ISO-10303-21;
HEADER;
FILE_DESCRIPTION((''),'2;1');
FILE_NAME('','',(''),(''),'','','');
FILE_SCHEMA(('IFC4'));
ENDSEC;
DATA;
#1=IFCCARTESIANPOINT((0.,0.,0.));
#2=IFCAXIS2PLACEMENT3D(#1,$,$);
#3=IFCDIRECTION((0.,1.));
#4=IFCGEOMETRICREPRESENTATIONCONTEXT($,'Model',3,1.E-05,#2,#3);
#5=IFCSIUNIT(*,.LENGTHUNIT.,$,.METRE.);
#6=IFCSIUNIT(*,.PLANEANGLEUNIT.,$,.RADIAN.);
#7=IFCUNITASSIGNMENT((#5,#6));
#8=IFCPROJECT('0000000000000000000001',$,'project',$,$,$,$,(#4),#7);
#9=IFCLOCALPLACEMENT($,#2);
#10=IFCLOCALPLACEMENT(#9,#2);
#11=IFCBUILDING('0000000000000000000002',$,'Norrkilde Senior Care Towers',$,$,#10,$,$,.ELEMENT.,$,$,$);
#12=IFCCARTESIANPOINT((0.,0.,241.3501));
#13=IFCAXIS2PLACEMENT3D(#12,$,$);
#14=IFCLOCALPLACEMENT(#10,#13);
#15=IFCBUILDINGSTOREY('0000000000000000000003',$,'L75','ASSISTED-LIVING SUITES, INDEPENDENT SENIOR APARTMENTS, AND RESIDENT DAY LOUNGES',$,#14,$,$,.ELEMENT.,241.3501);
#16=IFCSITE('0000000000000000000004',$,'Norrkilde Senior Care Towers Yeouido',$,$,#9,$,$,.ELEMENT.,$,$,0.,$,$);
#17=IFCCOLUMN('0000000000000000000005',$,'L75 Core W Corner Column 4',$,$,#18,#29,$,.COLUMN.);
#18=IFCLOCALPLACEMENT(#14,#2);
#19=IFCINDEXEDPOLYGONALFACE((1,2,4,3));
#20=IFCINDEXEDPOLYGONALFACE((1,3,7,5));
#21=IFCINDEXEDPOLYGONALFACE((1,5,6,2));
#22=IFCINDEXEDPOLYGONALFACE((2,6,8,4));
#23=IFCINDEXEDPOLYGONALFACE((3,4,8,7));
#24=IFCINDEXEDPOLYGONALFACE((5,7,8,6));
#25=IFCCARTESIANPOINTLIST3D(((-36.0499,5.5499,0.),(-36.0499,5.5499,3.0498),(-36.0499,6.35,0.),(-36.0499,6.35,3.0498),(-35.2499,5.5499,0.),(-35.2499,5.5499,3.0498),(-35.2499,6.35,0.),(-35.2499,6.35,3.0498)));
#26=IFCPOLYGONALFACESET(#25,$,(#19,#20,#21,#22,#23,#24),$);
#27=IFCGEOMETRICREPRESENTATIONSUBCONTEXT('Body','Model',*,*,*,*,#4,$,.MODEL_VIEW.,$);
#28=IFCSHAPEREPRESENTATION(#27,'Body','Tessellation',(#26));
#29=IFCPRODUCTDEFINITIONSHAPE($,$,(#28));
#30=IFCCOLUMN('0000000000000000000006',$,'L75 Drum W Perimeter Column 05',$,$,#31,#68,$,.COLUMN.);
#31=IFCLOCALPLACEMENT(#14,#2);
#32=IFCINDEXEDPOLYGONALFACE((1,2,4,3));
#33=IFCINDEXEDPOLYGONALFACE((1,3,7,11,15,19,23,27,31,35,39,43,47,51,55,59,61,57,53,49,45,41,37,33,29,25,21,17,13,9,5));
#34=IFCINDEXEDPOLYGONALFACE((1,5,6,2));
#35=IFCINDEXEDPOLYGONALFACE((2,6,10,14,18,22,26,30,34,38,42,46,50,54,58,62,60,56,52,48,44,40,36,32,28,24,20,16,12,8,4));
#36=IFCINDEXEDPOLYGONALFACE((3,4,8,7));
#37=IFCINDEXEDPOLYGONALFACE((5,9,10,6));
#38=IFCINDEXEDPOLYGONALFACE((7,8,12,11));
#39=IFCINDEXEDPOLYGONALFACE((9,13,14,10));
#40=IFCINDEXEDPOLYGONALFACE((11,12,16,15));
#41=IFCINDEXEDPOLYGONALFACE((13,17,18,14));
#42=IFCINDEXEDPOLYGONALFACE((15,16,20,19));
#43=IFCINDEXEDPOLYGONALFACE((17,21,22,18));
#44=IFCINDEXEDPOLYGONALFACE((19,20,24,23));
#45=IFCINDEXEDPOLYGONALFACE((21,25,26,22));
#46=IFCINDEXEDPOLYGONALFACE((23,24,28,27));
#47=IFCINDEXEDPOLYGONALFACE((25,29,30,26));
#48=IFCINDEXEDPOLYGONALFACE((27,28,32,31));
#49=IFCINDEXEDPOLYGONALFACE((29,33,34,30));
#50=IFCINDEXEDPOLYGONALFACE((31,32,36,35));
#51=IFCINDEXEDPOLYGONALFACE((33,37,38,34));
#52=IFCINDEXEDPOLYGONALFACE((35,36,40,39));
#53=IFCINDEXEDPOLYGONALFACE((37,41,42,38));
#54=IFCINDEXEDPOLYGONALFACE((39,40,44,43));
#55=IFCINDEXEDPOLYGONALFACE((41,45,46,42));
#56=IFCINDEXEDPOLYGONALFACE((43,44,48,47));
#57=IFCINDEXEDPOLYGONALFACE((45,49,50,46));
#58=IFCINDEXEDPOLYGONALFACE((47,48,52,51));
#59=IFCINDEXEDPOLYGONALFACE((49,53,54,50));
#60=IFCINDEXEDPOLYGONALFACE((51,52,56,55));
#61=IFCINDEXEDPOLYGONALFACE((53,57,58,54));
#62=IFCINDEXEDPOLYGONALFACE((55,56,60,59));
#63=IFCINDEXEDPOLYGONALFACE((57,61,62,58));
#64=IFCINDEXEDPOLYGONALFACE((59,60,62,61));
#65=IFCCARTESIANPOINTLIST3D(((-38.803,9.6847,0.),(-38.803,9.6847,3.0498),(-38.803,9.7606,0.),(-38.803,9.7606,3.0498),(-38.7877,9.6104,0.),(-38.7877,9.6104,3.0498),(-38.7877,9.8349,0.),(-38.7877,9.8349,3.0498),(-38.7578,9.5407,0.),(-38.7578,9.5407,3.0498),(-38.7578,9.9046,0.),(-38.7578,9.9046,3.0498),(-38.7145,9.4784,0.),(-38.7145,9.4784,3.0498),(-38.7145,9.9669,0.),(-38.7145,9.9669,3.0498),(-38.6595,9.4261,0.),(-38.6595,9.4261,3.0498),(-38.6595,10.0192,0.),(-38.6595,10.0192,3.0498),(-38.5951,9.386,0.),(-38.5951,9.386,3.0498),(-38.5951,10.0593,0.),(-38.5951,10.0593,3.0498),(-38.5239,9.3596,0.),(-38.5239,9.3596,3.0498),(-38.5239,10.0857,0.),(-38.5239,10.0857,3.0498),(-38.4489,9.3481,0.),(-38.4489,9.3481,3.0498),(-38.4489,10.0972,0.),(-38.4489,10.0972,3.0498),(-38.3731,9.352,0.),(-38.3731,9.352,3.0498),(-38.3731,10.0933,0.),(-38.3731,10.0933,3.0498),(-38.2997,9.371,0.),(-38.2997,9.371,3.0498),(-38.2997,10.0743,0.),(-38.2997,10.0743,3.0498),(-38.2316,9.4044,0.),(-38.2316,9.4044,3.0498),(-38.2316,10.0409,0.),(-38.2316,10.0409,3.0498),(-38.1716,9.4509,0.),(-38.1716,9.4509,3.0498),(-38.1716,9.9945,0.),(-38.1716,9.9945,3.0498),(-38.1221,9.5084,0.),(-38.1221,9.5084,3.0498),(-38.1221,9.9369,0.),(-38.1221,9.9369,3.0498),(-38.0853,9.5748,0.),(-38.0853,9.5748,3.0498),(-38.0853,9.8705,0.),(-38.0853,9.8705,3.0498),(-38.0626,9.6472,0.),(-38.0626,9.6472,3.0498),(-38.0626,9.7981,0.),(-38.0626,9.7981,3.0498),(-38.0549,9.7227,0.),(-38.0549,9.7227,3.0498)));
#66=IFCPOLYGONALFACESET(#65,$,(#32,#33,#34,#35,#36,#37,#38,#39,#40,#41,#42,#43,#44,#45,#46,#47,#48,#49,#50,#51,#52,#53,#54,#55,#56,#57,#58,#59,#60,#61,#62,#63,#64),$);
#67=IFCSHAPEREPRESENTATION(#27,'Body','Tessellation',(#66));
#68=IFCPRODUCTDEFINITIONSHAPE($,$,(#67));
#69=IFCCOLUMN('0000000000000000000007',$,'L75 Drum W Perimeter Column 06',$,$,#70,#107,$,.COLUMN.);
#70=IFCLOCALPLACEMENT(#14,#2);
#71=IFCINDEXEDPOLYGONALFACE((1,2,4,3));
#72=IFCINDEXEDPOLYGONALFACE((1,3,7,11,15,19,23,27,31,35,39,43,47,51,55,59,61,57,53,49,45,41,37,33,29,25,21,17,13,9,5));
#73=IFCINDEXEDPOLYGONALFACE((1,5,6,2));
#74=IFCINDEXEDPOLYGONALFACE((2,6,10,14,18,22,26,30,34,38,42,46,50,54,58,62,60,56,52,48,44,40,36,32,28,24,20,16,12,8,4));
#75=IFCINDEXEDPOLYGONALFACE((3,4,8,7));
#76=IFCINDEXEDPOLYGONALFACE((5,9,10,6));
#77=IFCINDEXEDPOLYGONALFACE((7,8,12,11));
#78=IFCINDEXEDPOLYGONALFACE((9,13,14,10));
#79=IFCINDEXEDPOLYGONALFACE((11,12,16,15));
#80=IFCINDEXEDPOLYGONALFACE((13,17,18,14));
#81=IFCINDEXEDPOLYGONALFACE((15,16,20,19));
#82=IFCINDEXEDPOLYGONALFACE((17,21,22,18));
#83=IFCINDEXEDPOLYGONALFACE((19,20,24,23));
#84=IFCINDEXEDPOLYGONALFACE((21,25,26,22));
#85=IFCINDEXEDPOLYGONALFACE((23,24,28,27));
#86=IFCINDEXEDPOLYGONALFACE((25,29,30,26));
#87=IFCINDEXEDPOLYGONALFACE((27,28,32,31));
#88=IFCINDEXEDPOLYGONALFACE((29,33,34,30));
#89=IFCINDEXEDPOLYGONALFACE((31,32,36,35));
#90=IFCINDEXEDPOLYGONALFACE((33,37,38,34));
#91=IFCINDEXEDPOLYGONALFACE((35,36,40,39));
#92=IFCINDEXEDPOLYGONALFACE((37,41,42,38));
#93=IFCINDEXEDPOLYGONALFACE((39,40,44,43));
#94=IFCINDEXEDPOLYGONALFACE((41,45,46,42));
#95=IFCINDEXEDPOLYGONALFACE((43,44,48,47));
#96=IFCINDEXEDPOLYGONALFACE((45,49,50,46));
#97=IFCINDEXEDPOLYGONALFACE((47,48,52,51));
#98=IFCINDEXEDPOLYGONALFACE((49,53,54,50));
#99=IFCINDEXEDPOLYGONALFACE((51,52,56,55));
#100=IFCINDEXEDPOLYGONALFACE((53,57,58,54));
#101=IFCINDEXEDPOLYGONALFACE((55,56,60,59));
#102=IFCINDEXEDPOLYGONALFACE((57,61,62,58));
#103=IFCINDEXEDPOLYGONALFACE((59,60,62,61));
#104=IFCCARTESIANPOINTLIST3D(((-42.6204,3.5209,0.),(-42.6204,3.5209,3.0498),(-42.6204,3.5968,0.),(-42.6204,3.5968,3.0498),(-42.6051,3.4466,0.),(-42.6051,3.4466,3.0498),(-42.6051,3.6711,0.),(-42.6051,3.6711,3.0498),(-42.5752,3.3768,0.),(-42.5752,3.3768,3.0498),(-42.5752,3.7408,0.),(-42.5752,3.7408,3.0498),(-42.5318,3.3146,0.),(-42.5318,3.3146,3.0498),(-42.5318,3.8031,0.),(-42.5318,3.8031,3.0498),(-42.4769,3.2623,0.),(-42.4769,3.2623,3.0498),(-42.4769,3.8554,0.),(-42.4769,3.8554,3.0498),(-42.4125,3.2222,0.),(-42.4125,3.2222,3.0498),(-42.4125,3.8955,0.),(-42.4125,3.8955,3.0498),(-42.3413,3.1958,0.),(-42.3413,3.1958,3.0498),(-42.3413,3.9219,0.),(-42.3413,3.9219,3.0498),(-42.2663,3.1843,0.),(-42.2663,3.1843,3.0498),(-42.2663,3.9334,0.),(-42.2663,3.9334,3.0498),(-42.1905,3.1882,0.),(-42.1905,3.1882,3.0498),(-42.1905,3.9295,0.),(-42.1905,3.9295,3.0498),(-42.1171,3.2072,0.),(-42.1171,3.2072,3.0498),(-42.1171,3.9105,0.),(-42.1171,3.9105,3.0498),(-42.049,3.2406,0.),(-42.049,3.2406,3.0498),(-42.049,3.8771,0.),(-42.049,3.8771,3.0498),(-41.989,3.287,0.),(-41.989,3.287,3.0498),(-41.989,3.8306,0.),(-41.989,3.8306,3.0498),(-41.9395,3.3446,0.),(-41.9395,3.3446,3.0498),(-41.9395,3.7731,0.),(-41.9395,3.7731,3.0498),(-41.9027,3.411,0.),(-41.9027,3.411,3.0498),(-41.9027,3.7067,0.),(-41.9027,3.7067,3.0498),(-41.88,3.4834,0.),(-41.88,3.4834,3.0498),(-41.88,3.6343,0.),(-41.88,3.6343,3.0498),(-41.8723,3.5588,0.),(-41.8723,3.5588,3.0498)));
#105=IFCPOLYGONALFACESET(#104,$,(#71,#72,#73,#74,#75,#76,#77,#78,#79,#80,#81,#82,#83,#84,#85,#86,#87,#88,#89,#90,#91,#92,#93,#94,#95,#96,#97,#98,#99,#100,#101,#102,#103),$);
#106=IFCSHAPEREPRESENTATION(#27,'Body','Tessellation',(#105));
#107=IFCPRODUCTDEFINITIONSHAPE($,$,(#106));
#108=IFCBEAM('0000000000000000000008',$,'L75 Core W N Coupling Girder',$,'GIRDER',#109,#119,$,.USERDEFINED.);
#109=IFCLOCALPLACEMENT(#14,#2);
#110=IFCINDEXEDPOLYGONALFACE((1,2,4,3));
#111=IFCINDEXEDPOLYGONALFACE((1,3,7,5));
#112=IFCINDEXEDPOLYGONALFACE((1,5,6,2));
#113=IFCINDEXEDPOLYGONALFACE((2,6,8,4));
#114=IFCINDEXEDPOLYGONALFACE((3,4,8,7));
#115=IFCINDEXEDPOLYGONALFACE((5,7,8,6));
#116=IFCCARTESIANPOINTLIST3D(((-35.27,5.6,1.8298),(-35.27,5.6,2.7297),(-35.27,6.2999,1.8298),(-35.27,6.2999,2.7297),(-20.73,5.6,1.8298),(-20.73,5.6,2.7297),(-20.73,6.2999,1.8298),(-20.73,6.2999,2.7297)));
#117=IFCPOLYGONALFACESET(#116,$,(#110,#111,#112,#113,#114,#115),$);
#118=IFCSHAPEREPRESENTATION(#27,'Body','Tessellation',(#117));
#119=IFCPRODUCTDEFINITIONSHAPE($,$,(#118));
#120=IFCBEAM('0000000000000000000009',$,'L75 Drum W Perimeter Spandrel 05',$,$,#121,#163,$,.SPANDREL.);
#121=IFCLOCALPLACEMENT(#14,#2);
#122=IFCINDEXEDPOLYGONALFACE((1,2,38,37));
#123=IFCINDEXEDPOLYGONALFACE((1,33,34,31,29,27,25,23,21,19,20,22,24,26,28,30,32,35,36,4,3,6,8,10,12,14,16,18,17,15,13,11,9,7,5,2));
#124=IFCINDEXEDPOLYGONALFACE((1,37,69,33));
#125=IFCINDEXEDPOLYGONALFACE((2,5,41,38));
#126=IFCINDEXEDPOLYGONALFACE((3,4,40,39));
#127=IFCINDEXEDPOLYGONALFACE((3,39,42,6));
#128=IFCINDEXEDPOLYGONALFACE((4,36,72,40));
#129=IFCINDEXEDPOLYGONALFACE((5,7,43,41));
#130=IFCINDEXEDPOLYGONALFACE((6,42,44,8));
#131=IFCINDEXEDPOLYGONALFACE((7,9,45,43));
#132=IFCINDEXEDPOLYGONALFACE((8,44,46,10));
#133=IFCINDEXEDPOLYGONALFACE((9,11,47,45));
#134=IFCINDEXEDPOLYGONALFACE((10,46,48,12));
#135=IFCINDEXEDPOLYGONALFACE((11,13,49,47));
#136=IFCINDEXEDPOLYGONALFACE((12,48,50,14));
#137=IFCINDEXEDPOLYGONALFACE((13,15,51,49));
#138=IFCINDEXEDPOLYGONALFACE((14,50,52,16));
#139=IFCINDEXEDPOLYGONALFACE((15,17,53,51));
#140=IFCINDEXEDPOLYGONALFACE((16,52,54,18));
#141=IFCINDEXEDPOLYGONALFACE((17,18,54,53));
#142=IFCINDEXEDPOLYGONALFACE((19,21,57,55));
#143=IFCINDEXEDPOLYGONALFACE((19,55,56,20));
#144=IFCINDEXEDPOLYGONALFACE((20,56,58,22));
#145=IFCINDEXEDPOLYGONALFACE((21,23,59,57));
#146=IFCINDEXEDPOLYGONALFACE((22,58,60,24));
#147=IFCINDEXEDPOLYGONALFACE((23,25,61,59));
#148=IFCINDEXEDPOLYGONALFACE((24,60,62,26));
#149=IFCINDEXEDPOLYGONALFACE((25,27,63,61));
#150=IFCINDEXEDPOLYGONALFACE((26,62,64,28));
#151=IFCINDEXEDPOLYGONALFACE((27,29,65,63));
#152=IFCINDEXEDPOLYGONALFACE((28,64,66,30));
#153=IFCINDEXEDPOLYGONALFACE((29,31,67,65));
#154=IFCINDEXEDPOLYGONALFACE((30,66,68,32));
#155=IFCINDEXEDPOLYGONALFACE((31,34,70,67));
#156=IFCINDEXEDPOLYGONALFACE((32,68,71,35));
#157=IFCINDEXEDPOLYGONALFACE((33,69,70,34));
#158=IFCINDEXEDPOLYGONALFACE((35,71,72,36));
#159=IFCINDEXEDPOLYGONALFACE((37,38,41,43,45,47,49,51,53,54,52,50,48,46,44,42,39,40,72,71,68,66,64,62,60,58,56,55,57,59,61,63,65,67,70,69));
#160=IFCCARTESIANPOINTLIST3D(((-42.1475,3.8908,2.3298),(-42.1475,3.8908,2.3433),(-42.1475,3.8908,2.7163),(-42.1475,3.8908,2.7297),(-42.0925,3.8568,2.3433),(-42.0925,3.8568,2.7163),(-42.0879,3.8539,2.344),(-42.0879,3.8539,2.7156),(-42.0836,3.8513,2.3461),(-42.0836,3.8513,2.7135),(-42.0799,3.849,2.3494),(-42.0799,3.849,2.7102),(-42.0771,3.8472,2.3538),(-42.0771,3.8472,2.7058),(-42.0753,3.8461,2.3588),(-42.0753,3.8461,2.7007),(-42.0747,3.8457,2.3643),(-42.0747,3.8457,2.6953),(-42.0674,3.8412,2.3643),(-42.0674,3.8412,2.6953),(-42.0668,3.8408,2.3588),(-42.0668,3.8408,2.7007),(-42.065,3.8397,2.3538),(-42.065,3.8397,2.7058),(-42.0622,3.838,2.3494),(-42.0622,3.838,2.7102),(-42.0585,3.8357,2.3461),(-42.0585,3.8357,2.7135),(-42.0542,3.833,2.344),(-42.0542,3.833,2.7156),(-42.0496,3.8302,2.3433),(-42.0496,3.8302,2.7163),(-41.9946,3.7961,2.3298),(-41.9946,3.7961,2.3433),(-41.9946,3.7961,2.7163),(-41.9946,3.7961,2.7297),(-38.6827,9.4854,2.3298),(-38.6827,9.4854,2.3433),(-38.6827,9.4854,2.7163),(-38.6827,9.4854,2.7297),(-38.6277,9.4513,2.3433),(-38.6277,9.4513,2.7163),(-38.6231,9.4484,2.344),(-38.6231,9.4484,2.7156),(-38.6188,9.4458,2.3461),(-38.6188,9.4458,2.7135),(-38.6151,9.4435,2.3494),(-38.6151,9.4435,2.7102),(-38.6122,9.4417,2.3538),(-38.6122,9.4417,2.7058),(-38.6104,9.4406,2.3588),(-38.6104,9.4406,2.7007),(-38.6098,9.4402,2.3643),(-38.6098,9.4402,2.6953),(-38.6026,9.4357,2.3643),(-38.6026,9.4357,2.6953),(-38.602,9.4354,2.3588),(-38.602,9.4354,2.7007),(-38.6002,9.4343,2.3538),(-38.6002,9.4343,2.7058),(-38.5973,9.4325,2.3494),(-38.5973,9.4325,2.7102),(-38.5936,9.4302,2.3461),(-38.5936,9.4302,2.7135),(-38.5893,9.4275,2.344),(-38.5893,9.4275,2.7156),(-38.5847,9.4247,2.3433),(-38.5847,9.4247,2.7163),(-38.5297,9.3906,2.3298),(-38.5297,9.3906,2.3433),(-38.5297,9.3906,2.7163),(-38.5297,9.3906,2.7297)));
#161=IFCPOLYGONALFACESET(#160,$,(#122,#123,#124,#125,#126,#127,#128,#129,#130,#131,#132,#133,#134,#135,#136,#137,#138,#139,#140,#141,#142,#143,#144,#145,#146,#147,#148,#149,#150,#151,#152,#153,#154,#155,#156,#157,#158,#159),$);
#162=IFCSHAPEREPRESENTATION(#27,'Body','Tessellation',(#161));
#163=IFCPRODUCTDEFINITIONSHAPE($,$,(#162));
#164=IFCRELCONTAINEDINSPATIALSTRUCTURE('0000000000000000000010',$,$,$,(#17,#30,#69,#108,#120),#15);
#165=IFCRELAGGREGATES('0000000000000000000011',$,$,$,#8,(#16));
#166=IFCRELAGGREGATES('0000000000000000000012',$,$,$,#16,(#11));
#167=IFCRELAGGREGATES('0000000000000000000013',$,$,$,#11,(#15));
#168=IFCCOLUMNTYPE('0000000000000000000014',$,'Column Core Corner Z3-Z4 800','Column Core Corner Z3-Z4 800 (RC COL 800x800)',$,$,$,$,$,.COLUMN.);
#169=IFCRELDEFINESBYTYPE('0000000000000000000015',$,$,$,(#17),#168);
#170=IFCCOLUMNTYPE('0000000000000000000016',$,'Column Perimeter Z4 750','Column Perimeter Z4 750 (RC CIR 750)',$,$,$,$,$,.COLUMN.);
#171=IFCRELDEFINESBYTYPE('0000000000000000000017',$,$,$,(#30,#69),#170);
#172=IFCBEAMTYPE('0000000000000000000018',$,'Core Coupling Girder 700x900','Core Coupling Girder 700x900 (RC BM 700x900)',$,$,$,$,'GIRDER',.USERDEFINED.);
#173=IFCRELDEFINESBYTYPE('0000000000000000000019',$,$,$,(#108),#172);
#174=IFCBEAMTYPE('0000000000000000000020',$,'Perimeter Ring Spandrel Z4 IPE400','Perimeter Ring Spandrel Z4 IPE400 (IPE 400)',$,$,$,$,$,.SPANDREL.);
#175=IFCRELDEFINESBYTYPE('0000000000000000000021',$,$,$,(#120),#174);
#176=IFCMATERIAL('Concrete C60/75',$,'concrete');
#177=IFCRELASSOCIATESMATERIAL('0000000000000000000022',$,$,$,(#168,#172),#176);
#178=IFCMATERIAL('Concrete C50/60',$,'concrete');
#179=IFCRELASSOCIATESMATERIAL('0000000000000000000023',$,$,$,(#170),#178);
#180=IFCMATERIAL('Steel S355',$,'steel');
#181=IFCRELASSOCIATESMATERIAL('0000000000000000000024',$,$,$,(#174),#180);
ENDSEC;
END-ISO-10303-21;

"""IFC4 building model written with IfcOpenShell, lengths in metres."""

from ifc_helpers import new_model, si_unit, direction, frame, origin, origin_2d, place, context, subcontext, project, spatial, rectangle, circle, i_section, extrude, source, transform, mapped, material, material_profile, profile_set, type_object, type_shapes, element, save


model = new_model("IFC4")

# Units and contexts
model_context = context("Model", 3, precision=1e-05, world=origin(), true_north=direction((0.0, 1.0)))
body_context = subcontext(model_context, "Body", "Model", "MODEL_VIEW")
ifc_project = project(units=[si_unit("LENGTHUNIT", "METRE"), si_unit("PLANEANGLEUNIT", "RADIAN")], contexts=[model_context])

# Site, building, storey
site_placement = place(None, origin())
site = spatial("IfcSite", under=ifc_project, at=site_placement, Name="Norrkilde Senior Care Towers Yeouido", CompositionType="ELEMENT", RefElevation=0.0)
building_placement = place(site_placement, origin())
building = spatial("IfcBuilding", under=site, at=building_placement, Name="Norrkilde Senior Care Towers", CompositionType="ELEMENT")
storey_placement = place(building_placement, frame((0.0, 0.0, 241.3501)))
storey = spatial("IfcBuildingStorey", under=building, at=storey_placement, Name="L75", Description="ASSISTED-LIVING SUITES, INDEPENDENT SENIOR APARTMENTS, AND RESIDENT DAY LOUNGES", CompositionType="ELEMENT", Elevation=241.3501)

# Columns
ifc_material_1 = material(Name="Concrete C60/75", Category="concrete")
ifc_material_profile_1 = material_profile(ifc_material_1, rectangle(XDim=0.8, YDim=0.8, at=origin_2d()), Name="RC COL 800x800")
ifc_profile_set_1 = profile_set([ifc_material_profile_1], Name="Concrete C60/75")
column_type_1 = type_object("IfcColumnType", Name="Column Core Corner Z3-Z4 800", Description="Column Core Corner Z3-Z4 800 (RC COL 800x800)", PredefinedType="COLUMN", material=ifc_profile_set_1)
shared_shape_1 = source(origin(), body_context, "Body", "SweptSolid", [
    extrude(rectangle(XDim=0.8, YDim=0.8, at=origin_2d()), origin(), (0.0, 0.0, 1.0), 3.0498),
])
type_shapes(column_type_1, [shared_shape_1])
column_placement = place(storey_placement, frame((-35.6499, 5.95, 0.0), z_axis=(0.0, 0.0, 1.0), x_axis=(1.0, 0.0, 0.0)))
element("IfcColumn", 1, at=column_placement, inside=storey, type_object=column_type_1, Name="L75 Core W Corner Column 4", PredefinedType="COLUMN", context=body_context, shape_type="MappedRepresentation", body=[
    mapped(shared_shape_1, transform((0.0, 0.0, 0.0), x_axis=(1.0, 0.0, 0.0), y_axis=(0.0, 1.0, 0.0), z_axis=(0.0, 0.0, 1.0), scale=1.0)),
])
ifc_material_2 = material(Name="Concrete C50/60", Category="concrete")
ifc_material_profile_2 = material_profile(ifc_material_2, circle(Radius=0.375, at=origin_2d()), Name="RC CIR 750")
ifc_profile_set_2 = profile_set([ifc_material_profile_2], Name="Concrete C50/60")
column_type_2 = type_object("IfcColumnType", Name="Column Perimeter Z4 750", Description="Column Perimeter Z4 750 (RC CIR 750)", PredefinedType="COLUMN", material=ifc_profile_set_2)
shared_shape_2 = source(origin(), body_context, "Body", "SweptSolid", [
    extrude(circle(Radius=0.375, at=origin_2d()), origin(), (0.0, 0.0, 1.0), 3.0498),
])
type_shapes(column_type_2, [shared_shape_2])
for number, where, z_axis, x_axis, name in (
    (2, (-38.4299, 9.7227, 0.0), (0.0, 0.0, 1.0), (1.0, 0.0, 0.0), "L75 Drum W Perimeter Column 05"),
    (3, (-42.2473, 3.5588, 0.0), (0.0, 0.0, 1.0), (1.0, 0.0, 0.0), "L75 Drum W Perimeter Column 06"),
):
    element("IfcColumn", number, at=place(storey_placement, frame(where, z_axis=z_axis, x_axis=x_axis)), inside=storey, type_object=column_type_2, Name=name, PredefinedType="COLUMN", context=body_context, shape_type="MappedRepresentation", body=[
        mapped(shared_shape_2, transform((0.0, 0.0, 0.0), x_axis=(1.0, 0.0, 0.0), y_axis=(0.0, 1.0, 0.0), z_axis=(0.0, 0.0, 1.0), scale=1.0)),
    ])

# Beams
ifc_material_profile_3 = material_profile(ifc_material_1, rectangle(XDim=0.7, YDim=0.8999, at=origin_2d()), Name="RC BM 700x900")
ifc_profile_set_3 = profile_set([ifc_material_profile_3], Name="Concrete C60/75")
beam_type_1 = type_object("IfcBeamType", Name="Core Coupling Girder 700x900", Description="Core Coupling Girder 700x900 (RC BM 700x900)", ElementType="GIRDER", PredefinedType="USERDEFINED", material=ifc_profile_set_3)
shared_shape_3 = source(origin(), body_context, "Body", "SweptSolid", [
    extrude(rectangle(XDim=0.7, YDim=0.8999, at=origin_2d()), origin(), (0.0, 0.0, 1.0), 14.54),
])
type_shapes(beam_type_1, [shared_shape_3])
beam_1_placement = place(storey_placement, frame((-35.27, 5.95, 2.2798), z_axis=(1.0, 0.0, 0.0), x_axis=(0.0, 1.0, 0.0)))
element("IfcBeam", 4, at=beam_1_placement, inside=storey, type_object=beam_type_1, Name="L75 Core W N Coupling Girder", ObjectType="GIRDER", PredefinedType="USERDEFINED", context=body_context, shape_type="MappedRepresentation", body=[
    mapped(shared_shape_3, transform((0.0, 0.0, 0.0), x_axis=(1.0, 0.0, 0.0), y_axis=(0.0, 1.0, 0.0), z_axis=(0.0, 0.0, 1.0), scale=1.0)),
])
ifc_material_3 = material(Name="Steel S355", Category="steel")
ifc_material_profile_4 = material_profile(ifc_material_3, i_section(OverallWidth=0.1799, OverallDepth=0.3999, WebThickness=0.0085, FlangeThickness=0.0134, FilletRadius=0.021, at=origin_2d()), Name="IPE 400")
ifc_profile_set_4 = profile_set([ifc_material_profile_4], Name="Steel S355")
beam_type_2 = type_object("IfcBeamType", Name="Perimeter Ring Spandrel Z4 IPE400", Description="Perimeter Ring Spandrel Z4 IPE400 (IPE 400)", PredefinedType="SPANDREL", material=ifc_profile_set_4)
shared_shape_4 = source(origin(), body_context, "Body", "SweptSolid", [
    extrude(i_section(OverallWidth=0.1799, OverallDepth=0.3999, WebThickness=0.0085, FlangeThickness=0.0134, FilletRadius=0.021, at=origin_2d()), origin(), (0.0, 0.0, 1.0), 6.5806),
])
beam_2_placement = place(storey_placement, frame((-38.6062, 9.438, 2.5298), z_axis=(-0.52653, -0.850157, 0.0), x_axis=(0.850157, -0.52653, 0.0)))
element("IfcBeam", 5, at=beam_2_placement, inside=storey, type_object=beam_type_2, Name="L75 Drum W Perimeter Spandrel 05", PredefinedType="SPANDREL", context=body_context, shape_type="MappedRepresentation", body=[
    mapped(shared_shape_4, transform((0.0, 0.0, 0.0), x_axis=(1.0, 0.0, 0.0), y_axis=(0.0, 1.0, 0.0), z_axis=(0.0, 0.0, 1.0), scale=1.0)),
])

save(model, "model.ifc")
